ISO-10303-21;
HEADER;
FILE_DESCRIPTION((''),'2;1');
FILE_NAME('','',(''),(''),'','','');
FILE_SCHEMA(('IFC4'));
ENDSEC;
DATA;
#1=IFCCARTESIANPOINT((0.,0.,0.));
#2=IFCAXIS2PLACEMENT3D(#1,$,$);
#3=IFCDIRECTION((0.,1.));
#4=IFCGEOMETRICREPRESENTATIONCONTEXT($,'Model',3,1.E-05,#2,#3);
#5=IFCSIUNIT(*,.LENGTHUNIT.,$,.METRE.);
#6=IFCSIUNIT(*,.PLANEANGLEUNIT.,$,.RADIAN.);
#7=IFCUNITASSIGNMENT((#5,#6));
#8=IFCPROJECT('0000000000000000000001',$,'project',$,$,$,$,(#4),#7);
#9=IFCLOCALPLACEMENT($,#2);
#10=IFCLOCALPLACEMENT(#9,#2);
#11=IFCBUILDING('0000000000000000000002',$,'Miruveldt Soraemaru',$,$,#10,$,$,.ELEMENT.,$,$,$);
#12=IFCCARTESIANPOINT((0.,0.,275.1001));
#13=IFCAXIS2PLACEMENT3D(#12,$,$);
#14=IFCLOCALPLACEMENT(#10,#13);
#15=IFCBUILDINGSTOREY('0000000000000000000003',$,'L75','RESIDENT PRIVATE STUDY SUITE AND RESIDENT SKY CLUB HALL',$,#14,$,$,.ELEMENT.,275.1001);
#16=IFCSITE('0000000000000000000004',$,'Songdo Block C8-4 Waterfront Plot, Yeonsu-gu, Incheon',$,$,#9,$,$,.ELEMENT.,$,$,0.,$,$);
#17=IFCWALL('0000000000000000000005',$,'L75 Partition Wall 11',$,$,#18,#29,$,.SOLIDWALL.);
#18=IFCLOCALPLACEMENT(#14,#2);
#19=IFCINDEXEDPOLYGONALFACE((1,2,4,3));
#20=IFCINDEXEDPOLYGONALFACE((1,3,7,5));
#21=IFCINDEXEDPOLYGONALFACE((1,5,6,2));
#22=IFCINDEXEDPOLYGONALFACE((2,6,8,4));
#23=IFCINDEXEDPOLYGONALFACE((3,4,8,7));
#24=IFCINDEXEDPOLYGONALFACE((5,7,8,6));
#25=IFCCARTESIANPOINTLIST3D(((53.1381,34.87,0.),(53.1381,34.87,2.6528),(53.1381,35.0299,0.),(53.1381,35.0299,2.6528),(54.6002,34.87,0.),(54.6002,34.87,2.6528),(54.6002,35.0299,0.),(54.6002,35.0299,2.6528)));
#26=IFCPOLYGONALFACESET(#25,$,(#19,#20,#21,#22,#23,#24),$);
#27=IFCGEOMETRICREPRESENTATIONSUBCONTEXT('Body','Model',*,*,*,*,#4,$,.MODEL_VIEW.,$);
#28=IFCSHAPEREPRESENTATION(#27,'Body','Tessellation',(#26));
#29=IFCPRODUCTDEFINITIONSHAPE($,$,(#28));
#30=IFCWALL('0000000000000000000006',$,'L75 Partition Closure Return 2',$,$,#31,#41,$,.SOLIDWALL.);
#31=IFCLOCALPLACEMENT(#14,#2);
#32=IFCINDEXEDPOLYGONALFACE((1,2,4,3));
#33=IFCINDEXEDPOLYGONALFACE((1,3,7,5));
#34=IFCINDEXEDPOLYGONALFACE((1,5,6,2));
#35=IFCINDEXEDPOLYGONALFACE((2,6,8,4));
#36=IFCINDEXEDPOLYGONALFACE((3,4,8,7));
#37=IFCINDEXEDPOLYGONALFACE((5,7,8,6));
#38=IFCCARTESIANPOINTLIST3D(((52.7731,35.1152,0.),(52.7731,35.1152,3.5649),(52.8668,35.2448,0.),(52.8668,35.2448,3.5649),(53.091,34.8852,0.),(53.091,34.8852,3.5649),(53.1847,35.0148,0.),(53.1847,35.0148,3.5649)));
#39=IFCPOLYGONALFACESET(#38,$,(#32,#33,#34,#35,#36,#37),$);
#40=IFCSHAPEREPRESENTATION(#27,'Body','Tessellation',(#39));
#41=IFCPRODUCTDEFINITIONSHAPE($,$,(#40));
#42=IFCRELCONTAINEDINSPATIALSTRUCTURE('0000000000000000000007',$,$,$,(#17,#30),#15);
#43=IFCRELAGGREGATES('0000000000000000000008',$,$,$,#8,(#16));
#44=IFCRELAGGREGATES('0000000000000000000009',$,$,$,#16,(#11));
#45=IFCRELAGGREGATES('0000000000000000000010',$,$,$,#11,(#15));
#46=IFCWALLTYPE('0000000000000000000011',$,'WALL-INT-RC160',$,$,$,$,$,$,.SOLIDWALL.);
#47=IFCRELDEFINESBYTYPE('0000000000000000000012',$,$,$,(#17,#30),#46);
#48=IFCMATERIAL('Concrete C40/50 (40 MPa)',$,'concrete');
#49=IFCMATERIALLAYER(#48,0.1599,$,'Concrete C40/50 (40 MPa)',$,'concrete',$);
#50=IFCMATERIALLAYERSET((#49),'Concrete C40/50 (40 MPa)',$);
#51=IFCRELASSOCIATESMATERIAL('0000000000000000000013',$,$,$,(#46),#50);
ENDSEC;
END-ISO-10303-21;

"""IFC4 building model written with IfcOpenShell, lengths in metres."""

from ifc_helpers import new_model, si_unit, direction, frame, frame_2d, origin, place, context, subcontext, project, spatial, rectangle, extrude, material, layer, layer_set, type_object, element, save


model = new_model("IFC4")

# Units and contexts
model_context = context("Model", 3, precision=1e-05, world=origin(), true_north=direction((0.0, 1.0)))
body_context = subcontext(model_context, "Body", "Model", "MODEL_VIEW")
ifc_project = project(units=[si_unit("LENGTHUNIT", "METRE"), si_unit("PLANEANGLEUNIT", "RADIAN")], contexts=[model_context])

# Site, building, storey
site_placement = place(None, origin())
site = spatial("IfcSite", under=ifc_project, at=site_placement, Name="Songdo Block C8-4 Waterfront Plot, Yeonsu-gu, Incheon", CompositionType="ELEMENT", RefElevation=0.0)
building_placement = place(site_placement, origin())
building = spatial("IfcBuilding", under=site, at=building_placement, Name="Miruveldt Soraemaru", CompositionType="ELEMENT")
storey_placement = place(building_placement, frame((0.0, 0.0, 275.1001)))
storey = spatial("IfcBuildingStorey", under=building, at=storey_placement, Name="L75", Description="RESIDENT PRIVATE STUDY SUITE AND RESIDENT SKY CLUB HALL", CompositionType="ELEMENT", Elevation=275.1001)

# Shared definitions
ifc_material_1 = material(Name="Concrete C40/50 (40 MPa)", Category="concrete")
ifc_layer_1 = layer(ifc_material_1, 0.1599, Name="Concrete C40/50 (40 MPa)", Category="concrete")
ifc_layer_set_1 = layer_set([ifc_layer_1], Name="Concrete C40/50 (40 MPa)")
wall_type_1 = type_object("IfcWallType", Name="WALL-INT-RC160", PredefinedType="SOLIDWALL", material=ifc_layer_set_1)

# Walls
wall_1_placement = place(storey_placement, frame((54.6001, 34.95, 0.0), z_axis=(0.0, 0.0, 1.0), x_axis=(-1.0, 0.0, 0.0)))
element("IfcWall", 1, at=wall_1_placement, inside=storey, type_object=wall_type_1, Name="L75 Partition Wall 11", PredefinedType="SOLIDWALL", context=body_context, shape_type="SweptSolid", body=[
    extrude(rectangle(XDim=1.4622, YDim=0.1599, at=frame_2d((0.731, 0.0))), origin(), (0.0, 0.0, 1.0), 2.6528),
])
wall_2_placement = place(storey_placement, frame((53.1379, 34.95, 0.0), z_axis=(0.0, 0.0, 1.0), x_axis=(-0.810187, 0.586172, 0.0)))
element("IfcWall", 2, at=wall_2_placement, inside=storey, type_object=wall_type_1, Name="L75 Partition Closure Return 2", PredefinedType="SOLIDWALL", context=body_context, shape_type="SweptSolid", body=[
    extrude(rectangle(XDim=0.3923, YDim=0.1599, at=frame_2d((0.1963, 0.0))), origin(), (0.0, 0.0, 1.0), 3.5649),
])

save(model, "model.ifc")
